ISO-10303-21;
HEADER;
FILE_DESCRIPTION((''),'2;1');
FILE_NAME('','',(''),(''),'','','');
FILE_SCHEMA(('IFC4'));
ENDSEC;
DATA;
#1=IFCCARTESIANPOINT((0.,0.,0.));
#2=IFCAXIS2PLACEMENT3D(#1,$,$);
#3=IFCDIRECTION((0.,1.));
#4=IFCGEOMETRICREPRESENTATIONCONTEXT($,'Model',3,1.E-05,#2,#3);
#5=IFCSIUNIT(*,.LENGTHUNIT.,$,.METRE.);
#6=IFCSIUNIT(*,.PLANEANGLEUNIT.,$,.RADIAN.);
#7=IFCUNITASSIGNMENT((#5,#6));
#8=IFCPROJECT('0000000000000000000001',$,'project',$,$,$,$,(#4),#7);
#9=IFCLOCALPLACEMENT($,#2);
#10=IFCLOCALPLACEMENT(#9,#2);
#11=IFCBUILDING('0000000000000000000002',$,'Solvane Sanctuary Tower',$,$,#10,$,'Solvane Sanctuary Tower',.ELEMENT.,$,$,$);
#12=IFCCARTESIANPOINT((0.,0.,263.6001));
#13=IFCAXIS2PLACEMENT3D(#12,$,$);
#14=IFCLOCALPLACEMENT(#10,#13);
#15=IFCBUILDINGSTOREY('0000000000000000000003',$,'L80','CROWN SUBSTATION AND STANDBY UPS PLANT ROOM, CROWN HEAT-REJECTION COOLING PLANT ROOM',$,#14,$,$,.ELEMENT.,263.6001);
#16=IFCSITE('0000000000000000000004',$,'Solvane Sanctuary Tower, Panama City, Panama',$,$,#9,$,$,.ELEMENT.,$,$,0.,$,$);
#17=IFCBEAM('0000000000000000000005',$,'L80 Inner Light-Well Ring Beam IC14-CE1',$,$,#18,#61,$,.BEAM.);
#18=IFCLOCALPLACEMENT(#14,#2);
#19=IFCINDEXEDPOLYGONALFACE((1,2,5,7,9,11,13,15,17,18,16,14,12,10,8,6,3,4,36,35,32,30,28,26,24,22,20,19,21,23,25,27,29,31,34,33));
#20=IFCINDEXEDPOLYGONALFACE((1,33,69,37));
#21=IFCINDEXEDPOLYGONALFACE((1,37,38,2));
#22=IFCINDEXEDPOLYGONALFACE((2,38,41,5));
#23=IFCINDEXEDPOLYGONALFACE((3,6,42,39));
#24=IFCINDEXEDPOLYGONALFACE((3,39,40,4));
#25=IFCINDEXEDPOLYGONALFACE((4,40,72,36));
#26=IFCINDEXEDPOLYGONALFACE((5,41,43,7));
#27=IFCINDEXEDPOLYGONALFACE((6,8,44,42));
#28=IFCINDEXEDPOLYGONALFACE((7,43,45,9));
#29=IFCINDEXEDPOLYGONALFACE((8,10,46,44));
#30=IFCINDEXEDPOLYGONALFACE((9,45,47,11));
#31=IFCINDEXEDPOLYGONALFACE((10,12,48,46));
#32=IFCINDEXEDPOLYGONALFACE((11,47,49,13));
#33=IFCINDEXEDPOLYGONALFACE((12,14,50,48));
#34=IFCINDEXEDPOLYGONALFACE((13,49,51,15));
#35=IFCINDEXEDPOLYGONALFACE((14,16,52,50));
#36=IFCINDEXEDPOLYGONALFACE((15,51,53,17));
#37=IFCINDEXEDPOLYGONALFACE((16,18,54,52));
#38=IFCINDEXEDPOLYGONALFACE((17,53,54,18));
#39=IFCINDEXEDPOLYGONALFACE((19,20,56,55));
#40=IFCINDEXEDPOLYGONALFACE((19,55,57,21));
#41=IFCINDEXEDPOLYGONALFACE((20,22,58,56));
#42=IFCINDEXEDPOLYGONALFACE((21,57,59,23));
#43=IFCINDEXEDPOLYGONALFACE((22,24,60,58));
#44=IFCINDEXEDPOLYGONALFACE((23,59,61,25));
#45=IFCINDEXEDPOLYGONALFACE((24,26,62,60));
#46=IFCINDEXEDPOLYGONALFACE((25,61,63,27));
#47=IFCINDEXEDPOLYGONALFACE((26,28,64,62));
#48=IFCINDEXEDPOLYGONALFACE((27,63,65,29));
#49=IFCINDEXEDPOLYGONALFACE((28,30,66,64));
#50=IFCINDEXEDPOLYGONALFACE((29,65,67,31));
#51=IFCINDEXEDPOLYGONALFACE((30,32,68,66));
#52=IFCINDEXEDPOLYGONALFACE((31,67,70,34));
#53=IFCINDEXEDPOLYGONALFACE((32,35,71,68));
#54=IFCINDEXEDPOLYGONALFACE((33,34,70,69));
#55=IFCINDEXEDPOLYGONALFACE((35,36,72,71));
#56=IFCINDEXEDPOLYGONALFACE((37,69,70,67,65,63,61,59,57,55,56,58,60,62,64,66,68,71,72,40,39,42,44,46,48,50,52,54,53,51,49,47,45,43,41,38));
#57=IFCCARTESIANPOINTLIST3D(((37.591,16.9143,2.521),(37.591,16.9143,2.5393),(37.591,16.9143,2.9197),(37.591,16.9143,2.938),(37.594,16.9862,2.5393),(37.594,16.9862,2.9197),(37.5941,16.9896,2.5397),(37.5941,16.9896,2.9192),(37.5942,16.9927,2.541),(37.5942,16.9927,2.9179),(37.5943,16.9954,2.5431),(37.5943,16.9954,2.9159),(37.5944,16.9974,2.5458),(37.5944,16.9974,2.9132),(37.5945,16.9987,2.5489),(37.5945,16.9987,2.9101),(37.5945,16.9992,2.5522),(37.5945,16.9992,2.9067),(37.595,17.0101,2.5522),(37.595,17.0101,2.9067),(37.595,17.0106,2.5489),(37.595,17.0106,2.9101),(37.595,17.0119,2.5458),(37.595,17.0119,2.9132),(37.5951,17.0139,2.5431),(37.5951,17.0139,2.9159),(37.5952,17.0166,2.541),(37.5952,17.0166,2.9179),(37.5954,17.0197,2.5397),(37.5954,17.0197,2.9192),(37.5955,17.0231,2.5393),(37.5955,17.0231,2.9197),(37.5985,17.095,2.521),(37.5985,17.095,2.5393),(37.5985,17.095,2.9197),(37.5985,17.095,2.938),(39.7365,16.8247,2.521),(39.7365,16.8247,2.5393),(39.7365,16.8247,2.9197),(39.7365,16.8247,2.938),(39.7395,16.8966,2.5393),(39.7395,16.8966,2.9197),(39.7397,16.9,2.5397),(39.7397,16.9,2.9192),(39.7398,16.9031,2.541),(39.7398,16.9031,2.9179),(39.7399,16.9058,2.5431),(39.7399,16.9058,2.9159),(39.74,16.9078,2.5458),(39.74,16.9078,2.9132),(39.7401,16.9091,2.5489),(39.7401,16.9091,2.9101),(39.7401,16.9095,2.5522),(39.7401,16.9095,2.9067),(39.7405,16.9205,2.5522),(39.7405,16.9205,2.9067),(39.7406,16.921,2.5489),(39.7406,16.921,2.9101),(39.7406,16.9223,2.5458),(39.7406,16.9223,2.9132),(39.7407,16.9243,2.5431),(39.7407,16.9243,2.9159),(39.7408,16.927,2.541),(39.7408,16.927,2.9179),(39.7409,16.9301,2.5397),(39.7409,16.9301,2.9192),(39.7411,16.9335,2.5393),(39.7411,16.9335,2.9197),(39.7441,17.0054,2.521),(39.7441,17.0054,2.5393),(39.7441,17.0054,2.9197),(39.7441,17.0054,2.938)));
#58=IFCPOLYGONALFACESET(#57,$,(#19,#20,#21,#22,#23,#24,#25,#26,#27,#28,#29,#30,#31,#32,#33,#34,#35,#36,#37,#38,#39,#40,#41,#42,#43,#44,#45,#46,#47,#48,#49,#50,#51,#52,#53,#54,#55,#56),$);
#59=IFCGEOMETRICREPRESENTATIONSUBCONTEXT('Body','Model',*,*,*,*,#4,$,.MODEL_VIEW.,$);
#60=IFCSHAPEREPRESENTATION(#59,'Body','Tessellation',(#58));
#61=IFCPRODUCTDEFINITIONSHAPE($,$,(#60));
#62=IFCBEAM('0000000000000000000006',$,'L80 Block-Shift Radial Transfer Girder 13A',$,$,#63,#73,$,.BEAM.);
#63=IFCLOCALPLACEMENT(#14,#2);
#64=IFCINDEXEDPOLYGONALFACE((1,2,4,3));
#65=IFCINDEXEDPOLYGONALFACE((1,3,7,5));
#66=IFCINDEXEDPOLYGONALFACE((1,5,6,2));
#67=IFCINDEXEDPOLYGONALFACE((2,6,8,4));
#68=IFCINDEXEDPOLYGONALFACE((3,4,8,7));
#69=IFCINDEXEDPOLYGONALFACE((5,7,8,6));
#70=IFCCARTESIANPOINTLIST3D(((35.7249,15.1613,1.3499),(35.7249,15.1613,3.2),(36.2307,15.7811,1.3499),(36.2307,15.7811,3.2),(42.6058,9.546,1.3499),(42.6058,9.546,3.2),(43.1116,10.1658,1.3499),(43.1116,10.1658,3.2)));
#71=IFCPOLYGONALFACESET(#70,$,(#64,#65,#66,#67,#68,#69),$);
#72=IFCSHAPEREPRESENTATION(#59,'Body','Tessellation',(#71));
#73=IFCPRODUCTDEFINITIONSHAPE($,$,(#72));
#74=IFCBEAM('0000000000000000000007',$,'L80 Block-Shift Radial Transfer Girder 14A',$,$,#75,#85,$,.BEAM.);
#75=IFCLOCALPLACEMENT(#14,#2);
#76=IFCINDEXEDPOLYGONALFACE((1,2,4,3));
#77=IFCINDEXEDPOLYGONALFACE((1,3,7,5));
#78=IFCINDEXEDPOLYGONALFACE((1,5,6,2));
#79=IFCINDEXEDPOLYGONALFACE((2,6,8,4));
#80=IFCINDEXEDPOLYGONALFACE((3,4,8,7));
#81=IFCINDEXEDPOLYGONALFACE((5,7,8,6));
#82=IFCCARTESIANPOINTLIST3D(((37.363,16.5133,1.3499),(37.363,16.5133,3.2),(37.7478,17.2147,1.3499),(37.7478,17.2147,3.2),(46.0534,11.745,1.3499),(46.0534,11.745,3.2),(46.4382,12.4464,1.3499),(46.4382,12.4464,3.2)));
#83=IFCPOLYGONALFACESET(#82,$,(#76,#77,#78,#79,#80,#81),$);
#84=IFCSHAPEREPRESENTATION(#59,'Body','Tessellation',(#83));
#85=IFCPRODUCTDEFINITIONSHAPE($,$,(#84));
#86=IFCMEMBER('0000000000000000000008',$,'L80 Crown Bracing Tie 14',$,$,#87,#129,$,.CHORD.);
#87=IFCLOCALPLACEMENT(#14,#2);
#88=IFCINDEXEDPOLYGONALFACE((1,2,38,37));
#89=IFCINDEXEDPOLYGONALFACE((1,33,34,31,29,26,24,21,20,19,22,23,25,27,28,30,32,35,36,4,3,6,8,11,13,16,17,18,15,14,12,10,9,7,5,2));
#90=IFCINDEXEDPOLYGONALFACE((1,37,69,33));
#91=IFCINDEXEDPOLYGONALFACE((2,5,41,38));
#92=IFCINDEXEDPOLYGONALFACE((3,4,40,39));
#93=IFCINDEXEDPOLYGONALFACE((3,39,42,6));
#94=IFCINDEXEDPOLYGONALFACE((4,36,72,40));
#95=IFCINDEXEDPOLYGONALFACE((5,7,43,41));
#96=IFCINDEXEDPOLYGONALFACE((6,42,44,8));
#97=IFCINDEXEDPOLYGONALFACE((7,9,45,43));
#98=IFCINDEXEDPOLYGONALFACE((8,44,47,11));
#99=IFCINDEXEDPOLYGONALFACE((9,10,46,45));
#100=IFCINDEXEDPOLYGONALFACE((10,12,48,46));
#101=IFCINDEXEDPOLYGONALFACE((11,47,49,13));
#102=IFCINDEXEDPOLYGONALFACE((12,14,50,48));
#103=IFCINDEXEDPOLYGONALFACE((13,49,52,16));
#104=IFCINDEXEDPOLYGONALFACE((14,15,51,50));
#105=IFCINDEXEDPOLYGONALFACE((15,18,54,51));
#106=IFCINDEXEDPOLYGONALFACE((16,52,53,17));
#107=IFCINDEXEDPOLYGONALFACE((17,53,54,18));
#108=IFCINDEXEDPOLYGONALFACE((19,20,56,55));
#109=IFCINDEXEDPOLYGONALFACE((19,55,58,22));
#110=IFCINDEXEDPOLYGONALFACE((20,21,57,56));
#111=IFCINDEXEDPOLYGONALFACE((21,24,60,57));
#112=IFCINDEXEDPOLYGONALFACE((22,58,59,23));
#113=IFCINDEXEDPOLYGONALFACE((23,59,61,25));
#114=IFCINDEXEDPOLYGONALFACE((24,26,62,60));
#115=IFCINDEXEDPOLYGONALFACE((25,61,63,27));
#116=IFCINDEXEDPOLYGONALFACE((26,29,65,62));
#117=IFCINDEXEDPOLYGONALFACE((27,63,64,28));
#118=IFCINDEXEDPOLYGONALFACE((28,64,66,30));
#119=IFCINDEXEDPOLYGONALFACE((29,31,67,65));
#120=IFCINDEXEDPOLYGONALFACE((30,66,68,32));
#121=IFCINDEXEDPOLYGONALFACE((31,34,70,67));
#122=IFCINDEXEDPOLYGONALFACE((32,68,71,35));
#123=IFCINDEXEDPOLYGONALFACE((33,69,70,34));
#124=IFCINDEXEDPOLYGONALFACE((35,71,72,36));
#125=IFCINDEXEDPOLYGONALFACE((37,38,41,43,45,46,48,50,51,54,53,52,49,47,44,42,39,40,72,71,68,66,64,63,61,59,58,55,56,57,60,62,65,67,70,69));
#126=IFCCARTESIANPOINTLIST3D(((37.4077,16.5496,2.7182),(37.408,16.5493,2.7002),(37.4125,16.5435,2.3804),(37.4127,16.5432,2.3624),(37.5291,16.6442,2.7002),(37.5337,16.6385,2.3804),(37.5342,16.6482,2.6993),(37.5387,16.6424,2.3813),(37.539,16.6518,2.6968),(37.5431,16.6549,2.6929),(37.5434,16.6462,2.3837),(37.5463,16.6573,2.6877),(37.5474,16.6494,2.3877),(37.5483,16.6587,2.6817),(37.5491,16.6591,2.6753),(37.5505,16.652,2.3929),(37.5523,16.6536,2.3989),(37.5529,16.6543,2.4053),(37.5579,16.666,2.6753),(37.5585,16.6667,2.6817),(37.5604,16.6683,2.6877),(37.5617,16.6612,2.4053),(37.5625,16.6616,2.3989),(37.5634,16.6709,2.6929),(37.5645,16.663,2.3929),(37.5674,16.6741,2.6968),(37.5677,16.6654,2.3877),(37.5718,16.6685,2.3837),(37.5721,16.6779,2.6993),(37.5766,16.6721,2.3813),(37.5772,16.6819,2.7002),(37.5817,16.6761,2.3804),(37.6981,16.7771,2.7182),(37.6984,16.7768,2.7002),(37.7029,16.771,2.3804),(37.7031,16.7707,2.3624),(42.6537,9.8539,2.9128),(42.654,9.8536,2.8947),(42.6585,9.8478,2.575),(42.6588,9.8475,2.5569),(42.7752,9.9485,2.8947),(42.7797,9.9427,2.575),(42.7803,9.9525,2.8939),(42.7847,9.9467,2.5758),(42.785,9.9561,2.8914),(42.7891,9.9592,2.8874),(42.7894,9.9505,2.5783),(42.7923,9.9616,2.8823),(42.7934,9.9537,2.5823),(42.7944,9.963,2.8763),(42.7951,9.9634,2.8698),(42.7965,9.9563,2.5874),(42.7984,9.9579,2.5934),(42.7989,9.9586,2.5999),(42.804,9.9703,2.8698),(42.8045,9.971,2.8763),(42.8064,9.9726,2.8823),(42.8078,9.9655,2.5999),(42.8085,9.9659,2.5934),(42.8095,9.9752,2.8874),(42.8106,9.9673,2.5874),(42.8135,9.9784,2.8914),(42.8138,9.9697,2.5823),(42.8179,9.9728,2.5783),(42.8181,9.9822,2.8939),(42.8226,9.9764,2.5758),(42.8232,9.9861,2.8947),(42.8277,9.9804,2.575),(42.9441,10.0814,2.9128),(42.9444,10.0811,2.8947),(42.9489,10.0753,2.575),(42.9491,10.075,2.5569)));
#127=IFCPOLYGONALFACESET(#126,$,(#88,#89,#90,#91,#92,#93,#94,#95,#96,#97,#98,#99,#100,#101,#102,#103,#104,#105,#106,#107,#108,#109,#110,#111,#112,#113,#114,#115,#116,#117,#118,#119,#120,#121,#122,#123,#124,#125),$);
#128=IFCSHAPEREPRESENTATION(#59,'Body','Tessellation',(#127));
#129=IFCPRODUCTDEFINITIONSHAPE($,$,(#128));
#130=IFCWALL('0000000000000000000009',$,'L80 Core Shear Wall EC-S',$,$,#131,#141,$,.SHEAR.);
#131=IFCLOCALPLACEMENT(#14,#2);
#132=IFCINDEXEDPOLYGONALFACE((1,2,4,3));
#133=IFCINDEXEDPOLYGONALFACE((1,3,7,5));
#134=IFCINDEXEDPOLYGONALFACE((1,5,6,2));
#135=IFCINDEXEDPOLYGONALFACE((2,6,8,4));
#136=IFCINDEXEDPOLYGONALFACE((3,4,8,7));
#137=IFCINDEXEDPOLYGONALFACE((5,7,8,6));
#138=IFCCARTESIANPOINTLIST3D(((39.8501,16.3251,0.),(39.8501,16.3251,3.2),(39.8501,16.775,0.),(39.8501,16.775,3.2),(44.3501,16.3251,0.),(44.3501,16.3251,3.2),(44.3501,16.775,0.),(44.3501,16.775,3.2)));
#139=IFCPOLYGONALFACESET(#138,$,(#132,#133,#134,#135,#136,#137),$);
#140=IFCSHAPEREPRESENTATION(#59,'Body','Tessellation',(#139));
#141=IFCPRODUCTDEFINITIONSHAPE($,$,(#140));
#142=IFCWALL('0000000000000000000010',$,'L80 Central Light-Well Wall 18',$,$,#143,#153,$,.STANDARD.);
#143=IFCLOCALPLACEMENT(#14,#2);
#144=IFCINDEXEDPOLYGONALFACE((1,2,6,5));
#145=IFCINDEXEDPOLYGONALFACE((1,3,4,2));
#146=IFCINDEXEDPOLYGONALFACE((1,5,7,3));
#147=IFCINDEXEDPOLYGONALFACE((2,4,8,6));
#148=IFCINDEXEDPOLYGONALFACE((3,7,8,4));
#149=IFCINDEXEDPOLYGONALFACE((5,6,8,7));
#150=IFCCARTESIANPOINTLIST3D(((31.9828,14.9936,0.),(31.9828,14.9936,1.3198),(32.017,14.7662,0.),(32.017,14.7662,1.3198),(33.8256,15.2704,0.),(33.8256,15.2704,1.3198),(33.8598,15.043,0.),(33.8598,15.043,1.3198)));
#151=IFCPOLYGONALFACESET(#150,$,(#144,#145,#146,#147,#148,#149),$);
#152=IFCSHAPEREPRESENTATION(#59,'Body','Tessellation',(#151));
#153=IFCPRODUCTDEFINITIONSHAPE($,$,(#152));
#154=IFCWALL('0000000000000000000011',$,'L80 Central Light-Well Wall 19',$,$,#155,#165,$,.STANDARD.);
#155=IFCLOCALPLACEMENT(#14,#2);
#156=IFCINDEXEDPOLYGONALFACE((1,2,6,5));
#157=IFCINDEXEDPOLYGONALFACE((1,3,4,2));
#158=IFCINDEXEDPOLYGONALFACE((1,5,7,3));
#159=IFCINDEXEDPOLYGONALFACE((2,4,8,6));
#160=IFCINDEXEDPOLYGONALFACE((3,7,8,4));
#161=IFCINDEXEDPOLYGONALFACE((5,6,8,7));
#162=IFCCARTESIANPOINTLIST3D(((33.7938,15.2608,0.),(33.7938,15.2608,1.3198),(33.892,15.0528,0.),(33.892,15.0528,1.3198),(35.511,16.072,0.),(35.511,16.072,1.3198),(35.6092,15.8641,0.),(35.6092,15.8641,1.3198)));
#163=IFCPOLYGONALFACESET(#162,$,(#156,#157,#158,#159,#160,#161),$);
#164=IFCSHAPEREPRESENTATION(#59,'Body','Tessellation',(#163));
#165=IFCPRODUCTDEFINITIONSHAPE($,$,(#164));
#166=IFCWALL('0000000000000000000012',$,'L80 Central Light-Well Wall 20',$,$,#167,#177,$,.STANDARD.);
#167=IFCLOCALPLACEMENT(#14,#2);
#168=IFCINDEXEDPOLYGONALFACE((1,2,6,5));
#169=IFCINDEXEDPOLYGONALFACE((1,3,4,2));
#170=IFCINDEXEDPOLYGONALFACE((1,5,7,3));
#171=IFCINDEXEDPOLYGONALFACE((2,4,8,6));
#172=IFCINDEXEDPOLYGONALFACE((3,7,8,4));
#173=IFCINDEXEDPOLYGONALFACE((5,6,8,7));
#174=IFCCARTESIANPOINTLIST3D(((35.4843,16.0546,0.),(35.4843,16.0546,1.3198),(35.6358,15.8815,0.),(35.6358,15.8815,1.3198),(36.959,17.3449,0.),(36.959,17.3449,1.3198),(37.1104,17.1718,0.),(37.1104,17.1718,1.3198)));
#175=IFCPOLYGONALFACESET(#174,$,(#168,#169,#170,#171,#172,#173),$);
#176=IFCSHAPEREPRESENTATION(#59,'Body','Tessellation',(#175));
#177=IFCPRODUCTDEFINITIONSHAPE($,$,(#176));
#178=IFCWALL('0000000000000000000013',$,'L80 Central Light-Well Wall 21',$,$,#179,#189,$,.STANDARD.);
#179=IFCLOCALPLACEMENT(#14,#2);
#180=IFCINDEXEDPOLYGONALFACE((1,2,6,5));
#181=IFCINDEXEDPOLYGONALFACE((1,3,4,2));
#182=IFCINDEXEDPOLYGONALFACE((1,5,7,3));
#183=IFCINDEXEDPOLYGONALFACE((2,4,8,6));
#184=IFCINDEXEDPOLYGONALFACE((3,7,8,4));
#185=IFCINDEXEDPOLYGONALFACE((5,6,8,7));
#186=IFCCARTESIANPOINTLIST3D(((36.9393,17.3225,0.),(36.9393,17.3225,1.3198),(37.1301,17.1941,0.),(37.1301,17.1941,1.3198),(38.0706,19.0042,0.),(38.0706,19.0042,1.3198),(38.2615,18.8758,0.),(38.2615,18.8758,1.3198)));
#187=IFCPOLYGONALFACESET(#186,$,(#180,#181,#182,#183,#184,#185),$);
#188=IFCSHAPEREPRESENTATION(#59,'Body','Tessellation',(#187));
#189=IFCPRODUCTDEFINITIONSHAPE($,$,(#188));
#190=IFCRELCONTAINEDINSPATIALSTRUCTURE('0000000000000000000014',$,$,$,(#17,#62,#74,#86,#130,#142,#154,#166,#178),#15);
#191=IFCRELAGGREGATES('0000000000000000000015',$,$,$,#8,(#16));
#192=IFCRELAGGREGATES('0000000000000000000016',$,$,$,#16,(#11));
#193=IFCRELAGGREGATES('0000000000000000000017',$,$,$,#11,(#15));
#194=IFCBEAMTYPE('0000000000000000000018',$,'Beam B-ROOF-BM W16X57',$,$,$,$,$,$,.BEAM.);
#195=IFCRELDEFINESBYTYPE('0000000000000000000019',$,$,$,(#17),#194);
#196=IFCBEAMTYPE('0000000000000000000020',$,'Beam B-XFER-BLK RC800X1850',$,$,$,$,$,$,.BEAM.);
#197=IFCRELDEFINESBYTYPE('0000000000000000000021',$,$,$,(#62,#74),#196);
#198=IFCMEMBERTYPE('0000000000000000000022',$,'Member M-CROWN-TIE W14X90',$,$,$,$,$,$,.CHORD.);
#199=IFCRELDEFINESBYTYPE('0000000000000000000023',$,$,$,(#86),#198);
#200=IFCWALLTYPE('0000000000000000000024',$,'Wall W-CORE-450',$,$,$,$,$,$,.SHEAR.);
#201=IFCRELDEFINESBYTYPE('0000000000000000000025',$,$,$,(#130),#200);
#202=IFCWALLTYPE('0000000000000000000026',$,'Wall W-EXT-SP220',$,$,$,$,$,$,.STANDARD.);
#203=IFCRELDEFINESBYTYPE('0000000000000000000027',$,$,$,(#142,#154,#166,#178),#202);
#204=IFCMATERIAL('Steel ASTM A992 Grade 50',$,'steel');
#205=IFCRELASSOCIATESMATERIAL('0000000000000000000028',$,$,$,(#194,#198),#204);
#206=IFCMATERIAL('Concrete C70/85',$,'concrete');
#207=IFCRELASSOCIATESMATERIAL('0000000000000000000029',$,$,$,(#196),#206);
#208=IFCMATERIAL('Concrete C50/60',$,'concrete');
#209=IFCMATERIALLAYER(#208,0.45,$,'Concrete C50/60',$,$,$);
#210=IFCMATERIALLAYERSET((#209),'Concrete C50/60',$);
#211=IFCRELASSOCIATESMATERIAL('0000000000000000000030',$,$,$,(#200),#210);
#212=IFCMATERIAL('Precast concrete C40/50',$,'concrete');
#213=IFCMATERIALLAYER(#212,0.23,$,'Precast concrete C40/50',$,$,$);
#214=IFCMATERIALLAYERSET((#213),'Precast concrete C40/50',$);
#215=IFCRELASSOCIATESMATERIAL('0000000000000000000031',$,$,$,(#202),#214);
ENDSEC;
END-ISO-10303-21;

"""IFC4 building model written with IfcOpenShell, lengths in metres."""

from ifc_helpers import new_model, si_unit, direction, frame, frame_2d, origin, origin_2d, place, context, subcontext, project, spatial, rectangle, i_section, extrude, material, layer, layer_set, material_profile, profile_set, type_object, element, save


model = new_model("IFC4")

# Units and contexts
model_context = context("Model", 3, precision=1e-05, world=origin(), true_north=direction((0.0, 1.0)))
body_context = subcontext(model_context, "Body", "Model", "MODEL_VIEW")
ifc_project = project(units=[si_unit("LENGTHUNIT", "METRE"), si_unit("PLANEANGLEUNIT", "RADIAN")], contexts=[model_context])

# Site, building, storey
site_placement = place(None, origin())
site = spatial("IfcSite", under=ifc_project, at=site_placement, Name="Solvane Sanctuary Tower, Panama City, Panama", CompositionType="ELEMENT", RefElevation=0.0)
building_placement = place(site_placement, origin())
building = spatial("IfcBuilding", under=site, at=building_placement, Name="Solvane Sanctuary Tower", LongName="Solvane Sanctuary Tower", CompositionType="ELEMENT")
storey_placement = place(building_placement, frame((0.0, 0.0, 263.6001)))
storey = spatial("IfcBuildingStorey", under=building, at=storey_placement, Name="L80", Description="CROWN SUBSTATION AND STANDBY UPS PLANT ROOM, CROWN HEAT-REJECTION COOLING PLANT ROOM", CompositionType="ELEMENT", Elevation=263.6001)

# Shared definitions
ifc_material_1 = material(Name="Concrete C50/60", Category="concrete")

# Beams
ifc_material_2 = material(Name="Steel ASTM A992 Grade 50", Category="steel")
ifc_material_profile_1 = material_profile(ifc_material_2, i_section(OverallWidth=0.1809, OverallDepth=0.417, WebThickness=0.011, FlangeThickness=0.0183, FilletRadius=0.0129, at=origin_2d()), Name="W16X57")
ifc_profile_set_1 = profile_set([ifc_material_profile_1], Name="Steel ASTM A992 Grade 50")
beam_type_1 = type_object("IfcBeamType", Name="Beam B-ROOF-BM W16X57", PredefinedType="BEAM", material=ifc_profile_set_1)
beam_1_placement = place(storey_placement, frame((37.5947, 17.0046, 2.7295), z_axis=(0.999129, -0.041725, 0.0), x_axis=(0.041725, 0.999129, 0.0)))
element("IfcBeam", 1, at=beam_1_placement, inside=storey, type_object=beam_type_1, Name="L80 Inner Light-Well Ring Beam IC14-CE1", PredefinedType="BEAM", context=body_context, shape_type="SweptSolid", body=[
    extrude(i_section(OverallWidth=0.1809, OverallDepth=0.417, WebThickness=0.011, FlangeThickness=0.0183, FilletRadius=0.0129, at=origin_2d()), origin(), (0.0, 0.0, 1.0), 2.1475),
])
ifc_material_3 = material(Name="Concrete C70/85", Category="concrete")
ifc_material_profile_2 = material_profile(ifc_material_3, rectangle(XDim=0.8, YDim=1.8501, at=origin_2d()), Name="RC800X1850")
ifc_profile_set_2 = profile_set([ifc_material_profile_2], Name="Concrete C70/85")
beam_type_2 = type_object("IfcBeamType", Name="Beam B-XFER-BLK RC800X1850", PredefinedType="BEAM", material=ifc_profile_set_2)
beam_2_placement = place(storey_placement, frame((35.9778, 15.4712, 2.2749), z_axis=(0.77476, -0.632255, 0.0), x_axis=(0.632255, 0.77476, 0.0)))
element("IfcBeam", 2, at=beam_2_placement, inside=storey, type_object=beam_type_2, Name="L80 Block-Shift Radial Transfer Girder 13A", PredefinedType="BEAM", context=body_context, shape_type="SweptSolid", body=[
    extrude(rectangle(XDim=0.8, YDim=1.8501, at=origin_2d()), origin(), (0.0, 0.0, 1.0), 8.8813),
])
beam_3_placement = place(storey_placement, frame((37.5554, 16.864, 2.2749), z_axis=(0.876702, -0.481034, 0.0), x_axis=(0.481034, 0.876702, 0.0)))
element("IfcBeam", 3, at=beam_3_placement, inside=storey, type_object=beam_type_2, Name="L80 Block-Shift Radial Transfer Girder 14A", PredefinedType="BEAM", context=body_context, shape_type="SweptSolid", body=[
    extrude(rectangle(XDim=0.8, YDim=1.8501, at=origin_2d()), origin(), (0.0, 0.0, 1.0), 9.9126),
])

# Member
ifc_material_profile_3 = material_profile(ifc_material_2, i_section(OverallWidth=0.3689, OverallDepth=0.356, WebThickness=0.0112, FlangeThickness=0.0181, FilletRadius=0.0249, at=origin_2d()), Name="W14X90")
ifc_profile_set_3 = profile_set([ifc_material_profile_3], Name="Steel ASTM A992 Grade 50")
member_type = type_object("IfcMemberType", Name="Member M-CROWN-TIE W14X90", PredefinedType="CHORD", material=ifc_profile_set_3)
member_placement = place(storey_placement, frame((37.5554, 16.6602, 2.5403), z_axis=(0.616577, -0.786962, 0.022869), x_axis=(0.787168, 0.616738, 0.0)))
element("IfcMember", 4, at=member_placement, inside=storey, type_object=member_type, Name="L80 Crown Bracing Tie 14", PredefinedType="CHORD", context=body_context, shape_type="SweptSolid", body=[
    extrude(i_section(OverallWidth=0.3689, OverallDepth=0.356, WebThickness=0.0112, FlangeThickness=0.0181, FilletRadius=0.0249, at=origin_2d()), origin(), (0.0, 0.0, 1.0), 8.5083),
])

# Walls
ifc_layer_1 = layer(ifc_material_1, 0.45, Name="Concrete C50/60")
ifc_layer_set_1 = layer_set([ifc_layer_1], Name="Concrete C50/60")
wall_type_1 = type_object("IfcWallType", Name="Wall W-CORE-450", PredefinedType="SHEAR", material=ifc_layer_set_1)
wall_1_placement = place(storey_placement, frame((39.8501, 16.55, 0.0), z_axis=(0.0, 0.0, 1.0), x_axis=(1.0, 0.0, 0.0)))
element("IfcWall", 5, at=wall_1_placement, inside=storey, type_object=wall_type_1, Name="L80 Core Shear Wall EC-S", PredefinedType="SHEAR", context=body_context, shape_type="SweptSolid", body=[
    extrude(rectangle(XDim=4.5, YDim=0.45, at=frame_2d((2.25, 0.0))), origin(), (0.0, 0.0, 1.0), 3.2),
])
ifc_material_4 = material(Name="Precast concrete C40/50", Category="concrete")
ifc_layer_2 = layer(ifc_material_4, 0.23, Name="Precast concrete C40/50")
ifc_layer_set_2 = layer_set([ifc_layer_2], Name="Precast concrete C40/50")
wall_type_2 = type_object("IfcWallType", Name="Wall W-EXT-SP220", PredefinedType="STANDARD", material=ifc_layer_set_2)
wall_2_placement = place(storey_placement, frame((32.0, 14.8799, 0.0), z_axis=(0.0, 0.0, 1.0), x_axis=(0.988902, 0.148571, 0.0)))
element("IfcWall", 6, at=wall_2_placement, inside=storey, type_object=wall_type_2, Name="L80 Central Light-Well Wall 18", PredefinedType="STANDARD", context=body_context, shape_type="SweptSolid", body=[
    extrude(rectangle(XDim=1.8635, YDim=0.23, at=frame_2d((0.9316, 0.0))), origin(), (0.0, 0.0, 1.0), 1.3198),
])
wall_3_placement = place(storey_placement, frame((33.8428, 15.1567, 0.0), z_axis=(0.0, 0.0, 1.0), x_axis=(0.90418, 0.427152, 0.0)))
element("IfcWall", 7, at=wall_3_placement, inside=storey, type_object=wall_type_2, Name="L80 Central Light-Well Wall 19", PredefinedType="STANDARD", context=body_context, shape_type="SweptSolid", body=[
    extrude(rectangle(XDim=1.8992, YDim=0.23, at=frame_2d((0.9497, 0.0))), origin(), (0.0, 0.0, 1.0), 1.3198),
])
wall_4_placement = place(storey_placement, frame((35.5601, 15.968, 0.0), z_axis=(0.0, 0.0, 1.0), x_axis=(0.752577, 0.658505, 0.0)))
element("IfcWall", 8, at=wall_4_placement, inside=storey, type_object=wall_type_2, Name="L80 Central Light-Well Wall 20", PredefinedType="STANDARD", context=body_context, shape_type="SweptSolid", body=[
    extrude(rectangle(XDim=1.9595, YDim=0.23, at=frame_2d((0.9797, 0.0))), origin(), (0.0, 0.0, 1.0), 1.3198),
])
wall_5_placement = place(storey_placement, frame((37.0347, 17.2583, 0.0), z_axis=(0.0, 0.0, 1.0), x_axis=(0.558198, 0.829708, 0.0)))
element("IfcWall", 9, at=wall_5_placement, inside=storey, type_object=wall_type_2, Name="L80 Central Light-Well Wall 21", PredefinedType="STANDARD", context=body_context, shape_type="SweptSolid", body=[
    extrude(rectangle(XDim=2.0269, YDim=0.23, at=frame_2d((1.0134, 0.0))), origin(), (0.0, 0.0, 1.0), 1.3198),
])

save(model, "model.ifc")
